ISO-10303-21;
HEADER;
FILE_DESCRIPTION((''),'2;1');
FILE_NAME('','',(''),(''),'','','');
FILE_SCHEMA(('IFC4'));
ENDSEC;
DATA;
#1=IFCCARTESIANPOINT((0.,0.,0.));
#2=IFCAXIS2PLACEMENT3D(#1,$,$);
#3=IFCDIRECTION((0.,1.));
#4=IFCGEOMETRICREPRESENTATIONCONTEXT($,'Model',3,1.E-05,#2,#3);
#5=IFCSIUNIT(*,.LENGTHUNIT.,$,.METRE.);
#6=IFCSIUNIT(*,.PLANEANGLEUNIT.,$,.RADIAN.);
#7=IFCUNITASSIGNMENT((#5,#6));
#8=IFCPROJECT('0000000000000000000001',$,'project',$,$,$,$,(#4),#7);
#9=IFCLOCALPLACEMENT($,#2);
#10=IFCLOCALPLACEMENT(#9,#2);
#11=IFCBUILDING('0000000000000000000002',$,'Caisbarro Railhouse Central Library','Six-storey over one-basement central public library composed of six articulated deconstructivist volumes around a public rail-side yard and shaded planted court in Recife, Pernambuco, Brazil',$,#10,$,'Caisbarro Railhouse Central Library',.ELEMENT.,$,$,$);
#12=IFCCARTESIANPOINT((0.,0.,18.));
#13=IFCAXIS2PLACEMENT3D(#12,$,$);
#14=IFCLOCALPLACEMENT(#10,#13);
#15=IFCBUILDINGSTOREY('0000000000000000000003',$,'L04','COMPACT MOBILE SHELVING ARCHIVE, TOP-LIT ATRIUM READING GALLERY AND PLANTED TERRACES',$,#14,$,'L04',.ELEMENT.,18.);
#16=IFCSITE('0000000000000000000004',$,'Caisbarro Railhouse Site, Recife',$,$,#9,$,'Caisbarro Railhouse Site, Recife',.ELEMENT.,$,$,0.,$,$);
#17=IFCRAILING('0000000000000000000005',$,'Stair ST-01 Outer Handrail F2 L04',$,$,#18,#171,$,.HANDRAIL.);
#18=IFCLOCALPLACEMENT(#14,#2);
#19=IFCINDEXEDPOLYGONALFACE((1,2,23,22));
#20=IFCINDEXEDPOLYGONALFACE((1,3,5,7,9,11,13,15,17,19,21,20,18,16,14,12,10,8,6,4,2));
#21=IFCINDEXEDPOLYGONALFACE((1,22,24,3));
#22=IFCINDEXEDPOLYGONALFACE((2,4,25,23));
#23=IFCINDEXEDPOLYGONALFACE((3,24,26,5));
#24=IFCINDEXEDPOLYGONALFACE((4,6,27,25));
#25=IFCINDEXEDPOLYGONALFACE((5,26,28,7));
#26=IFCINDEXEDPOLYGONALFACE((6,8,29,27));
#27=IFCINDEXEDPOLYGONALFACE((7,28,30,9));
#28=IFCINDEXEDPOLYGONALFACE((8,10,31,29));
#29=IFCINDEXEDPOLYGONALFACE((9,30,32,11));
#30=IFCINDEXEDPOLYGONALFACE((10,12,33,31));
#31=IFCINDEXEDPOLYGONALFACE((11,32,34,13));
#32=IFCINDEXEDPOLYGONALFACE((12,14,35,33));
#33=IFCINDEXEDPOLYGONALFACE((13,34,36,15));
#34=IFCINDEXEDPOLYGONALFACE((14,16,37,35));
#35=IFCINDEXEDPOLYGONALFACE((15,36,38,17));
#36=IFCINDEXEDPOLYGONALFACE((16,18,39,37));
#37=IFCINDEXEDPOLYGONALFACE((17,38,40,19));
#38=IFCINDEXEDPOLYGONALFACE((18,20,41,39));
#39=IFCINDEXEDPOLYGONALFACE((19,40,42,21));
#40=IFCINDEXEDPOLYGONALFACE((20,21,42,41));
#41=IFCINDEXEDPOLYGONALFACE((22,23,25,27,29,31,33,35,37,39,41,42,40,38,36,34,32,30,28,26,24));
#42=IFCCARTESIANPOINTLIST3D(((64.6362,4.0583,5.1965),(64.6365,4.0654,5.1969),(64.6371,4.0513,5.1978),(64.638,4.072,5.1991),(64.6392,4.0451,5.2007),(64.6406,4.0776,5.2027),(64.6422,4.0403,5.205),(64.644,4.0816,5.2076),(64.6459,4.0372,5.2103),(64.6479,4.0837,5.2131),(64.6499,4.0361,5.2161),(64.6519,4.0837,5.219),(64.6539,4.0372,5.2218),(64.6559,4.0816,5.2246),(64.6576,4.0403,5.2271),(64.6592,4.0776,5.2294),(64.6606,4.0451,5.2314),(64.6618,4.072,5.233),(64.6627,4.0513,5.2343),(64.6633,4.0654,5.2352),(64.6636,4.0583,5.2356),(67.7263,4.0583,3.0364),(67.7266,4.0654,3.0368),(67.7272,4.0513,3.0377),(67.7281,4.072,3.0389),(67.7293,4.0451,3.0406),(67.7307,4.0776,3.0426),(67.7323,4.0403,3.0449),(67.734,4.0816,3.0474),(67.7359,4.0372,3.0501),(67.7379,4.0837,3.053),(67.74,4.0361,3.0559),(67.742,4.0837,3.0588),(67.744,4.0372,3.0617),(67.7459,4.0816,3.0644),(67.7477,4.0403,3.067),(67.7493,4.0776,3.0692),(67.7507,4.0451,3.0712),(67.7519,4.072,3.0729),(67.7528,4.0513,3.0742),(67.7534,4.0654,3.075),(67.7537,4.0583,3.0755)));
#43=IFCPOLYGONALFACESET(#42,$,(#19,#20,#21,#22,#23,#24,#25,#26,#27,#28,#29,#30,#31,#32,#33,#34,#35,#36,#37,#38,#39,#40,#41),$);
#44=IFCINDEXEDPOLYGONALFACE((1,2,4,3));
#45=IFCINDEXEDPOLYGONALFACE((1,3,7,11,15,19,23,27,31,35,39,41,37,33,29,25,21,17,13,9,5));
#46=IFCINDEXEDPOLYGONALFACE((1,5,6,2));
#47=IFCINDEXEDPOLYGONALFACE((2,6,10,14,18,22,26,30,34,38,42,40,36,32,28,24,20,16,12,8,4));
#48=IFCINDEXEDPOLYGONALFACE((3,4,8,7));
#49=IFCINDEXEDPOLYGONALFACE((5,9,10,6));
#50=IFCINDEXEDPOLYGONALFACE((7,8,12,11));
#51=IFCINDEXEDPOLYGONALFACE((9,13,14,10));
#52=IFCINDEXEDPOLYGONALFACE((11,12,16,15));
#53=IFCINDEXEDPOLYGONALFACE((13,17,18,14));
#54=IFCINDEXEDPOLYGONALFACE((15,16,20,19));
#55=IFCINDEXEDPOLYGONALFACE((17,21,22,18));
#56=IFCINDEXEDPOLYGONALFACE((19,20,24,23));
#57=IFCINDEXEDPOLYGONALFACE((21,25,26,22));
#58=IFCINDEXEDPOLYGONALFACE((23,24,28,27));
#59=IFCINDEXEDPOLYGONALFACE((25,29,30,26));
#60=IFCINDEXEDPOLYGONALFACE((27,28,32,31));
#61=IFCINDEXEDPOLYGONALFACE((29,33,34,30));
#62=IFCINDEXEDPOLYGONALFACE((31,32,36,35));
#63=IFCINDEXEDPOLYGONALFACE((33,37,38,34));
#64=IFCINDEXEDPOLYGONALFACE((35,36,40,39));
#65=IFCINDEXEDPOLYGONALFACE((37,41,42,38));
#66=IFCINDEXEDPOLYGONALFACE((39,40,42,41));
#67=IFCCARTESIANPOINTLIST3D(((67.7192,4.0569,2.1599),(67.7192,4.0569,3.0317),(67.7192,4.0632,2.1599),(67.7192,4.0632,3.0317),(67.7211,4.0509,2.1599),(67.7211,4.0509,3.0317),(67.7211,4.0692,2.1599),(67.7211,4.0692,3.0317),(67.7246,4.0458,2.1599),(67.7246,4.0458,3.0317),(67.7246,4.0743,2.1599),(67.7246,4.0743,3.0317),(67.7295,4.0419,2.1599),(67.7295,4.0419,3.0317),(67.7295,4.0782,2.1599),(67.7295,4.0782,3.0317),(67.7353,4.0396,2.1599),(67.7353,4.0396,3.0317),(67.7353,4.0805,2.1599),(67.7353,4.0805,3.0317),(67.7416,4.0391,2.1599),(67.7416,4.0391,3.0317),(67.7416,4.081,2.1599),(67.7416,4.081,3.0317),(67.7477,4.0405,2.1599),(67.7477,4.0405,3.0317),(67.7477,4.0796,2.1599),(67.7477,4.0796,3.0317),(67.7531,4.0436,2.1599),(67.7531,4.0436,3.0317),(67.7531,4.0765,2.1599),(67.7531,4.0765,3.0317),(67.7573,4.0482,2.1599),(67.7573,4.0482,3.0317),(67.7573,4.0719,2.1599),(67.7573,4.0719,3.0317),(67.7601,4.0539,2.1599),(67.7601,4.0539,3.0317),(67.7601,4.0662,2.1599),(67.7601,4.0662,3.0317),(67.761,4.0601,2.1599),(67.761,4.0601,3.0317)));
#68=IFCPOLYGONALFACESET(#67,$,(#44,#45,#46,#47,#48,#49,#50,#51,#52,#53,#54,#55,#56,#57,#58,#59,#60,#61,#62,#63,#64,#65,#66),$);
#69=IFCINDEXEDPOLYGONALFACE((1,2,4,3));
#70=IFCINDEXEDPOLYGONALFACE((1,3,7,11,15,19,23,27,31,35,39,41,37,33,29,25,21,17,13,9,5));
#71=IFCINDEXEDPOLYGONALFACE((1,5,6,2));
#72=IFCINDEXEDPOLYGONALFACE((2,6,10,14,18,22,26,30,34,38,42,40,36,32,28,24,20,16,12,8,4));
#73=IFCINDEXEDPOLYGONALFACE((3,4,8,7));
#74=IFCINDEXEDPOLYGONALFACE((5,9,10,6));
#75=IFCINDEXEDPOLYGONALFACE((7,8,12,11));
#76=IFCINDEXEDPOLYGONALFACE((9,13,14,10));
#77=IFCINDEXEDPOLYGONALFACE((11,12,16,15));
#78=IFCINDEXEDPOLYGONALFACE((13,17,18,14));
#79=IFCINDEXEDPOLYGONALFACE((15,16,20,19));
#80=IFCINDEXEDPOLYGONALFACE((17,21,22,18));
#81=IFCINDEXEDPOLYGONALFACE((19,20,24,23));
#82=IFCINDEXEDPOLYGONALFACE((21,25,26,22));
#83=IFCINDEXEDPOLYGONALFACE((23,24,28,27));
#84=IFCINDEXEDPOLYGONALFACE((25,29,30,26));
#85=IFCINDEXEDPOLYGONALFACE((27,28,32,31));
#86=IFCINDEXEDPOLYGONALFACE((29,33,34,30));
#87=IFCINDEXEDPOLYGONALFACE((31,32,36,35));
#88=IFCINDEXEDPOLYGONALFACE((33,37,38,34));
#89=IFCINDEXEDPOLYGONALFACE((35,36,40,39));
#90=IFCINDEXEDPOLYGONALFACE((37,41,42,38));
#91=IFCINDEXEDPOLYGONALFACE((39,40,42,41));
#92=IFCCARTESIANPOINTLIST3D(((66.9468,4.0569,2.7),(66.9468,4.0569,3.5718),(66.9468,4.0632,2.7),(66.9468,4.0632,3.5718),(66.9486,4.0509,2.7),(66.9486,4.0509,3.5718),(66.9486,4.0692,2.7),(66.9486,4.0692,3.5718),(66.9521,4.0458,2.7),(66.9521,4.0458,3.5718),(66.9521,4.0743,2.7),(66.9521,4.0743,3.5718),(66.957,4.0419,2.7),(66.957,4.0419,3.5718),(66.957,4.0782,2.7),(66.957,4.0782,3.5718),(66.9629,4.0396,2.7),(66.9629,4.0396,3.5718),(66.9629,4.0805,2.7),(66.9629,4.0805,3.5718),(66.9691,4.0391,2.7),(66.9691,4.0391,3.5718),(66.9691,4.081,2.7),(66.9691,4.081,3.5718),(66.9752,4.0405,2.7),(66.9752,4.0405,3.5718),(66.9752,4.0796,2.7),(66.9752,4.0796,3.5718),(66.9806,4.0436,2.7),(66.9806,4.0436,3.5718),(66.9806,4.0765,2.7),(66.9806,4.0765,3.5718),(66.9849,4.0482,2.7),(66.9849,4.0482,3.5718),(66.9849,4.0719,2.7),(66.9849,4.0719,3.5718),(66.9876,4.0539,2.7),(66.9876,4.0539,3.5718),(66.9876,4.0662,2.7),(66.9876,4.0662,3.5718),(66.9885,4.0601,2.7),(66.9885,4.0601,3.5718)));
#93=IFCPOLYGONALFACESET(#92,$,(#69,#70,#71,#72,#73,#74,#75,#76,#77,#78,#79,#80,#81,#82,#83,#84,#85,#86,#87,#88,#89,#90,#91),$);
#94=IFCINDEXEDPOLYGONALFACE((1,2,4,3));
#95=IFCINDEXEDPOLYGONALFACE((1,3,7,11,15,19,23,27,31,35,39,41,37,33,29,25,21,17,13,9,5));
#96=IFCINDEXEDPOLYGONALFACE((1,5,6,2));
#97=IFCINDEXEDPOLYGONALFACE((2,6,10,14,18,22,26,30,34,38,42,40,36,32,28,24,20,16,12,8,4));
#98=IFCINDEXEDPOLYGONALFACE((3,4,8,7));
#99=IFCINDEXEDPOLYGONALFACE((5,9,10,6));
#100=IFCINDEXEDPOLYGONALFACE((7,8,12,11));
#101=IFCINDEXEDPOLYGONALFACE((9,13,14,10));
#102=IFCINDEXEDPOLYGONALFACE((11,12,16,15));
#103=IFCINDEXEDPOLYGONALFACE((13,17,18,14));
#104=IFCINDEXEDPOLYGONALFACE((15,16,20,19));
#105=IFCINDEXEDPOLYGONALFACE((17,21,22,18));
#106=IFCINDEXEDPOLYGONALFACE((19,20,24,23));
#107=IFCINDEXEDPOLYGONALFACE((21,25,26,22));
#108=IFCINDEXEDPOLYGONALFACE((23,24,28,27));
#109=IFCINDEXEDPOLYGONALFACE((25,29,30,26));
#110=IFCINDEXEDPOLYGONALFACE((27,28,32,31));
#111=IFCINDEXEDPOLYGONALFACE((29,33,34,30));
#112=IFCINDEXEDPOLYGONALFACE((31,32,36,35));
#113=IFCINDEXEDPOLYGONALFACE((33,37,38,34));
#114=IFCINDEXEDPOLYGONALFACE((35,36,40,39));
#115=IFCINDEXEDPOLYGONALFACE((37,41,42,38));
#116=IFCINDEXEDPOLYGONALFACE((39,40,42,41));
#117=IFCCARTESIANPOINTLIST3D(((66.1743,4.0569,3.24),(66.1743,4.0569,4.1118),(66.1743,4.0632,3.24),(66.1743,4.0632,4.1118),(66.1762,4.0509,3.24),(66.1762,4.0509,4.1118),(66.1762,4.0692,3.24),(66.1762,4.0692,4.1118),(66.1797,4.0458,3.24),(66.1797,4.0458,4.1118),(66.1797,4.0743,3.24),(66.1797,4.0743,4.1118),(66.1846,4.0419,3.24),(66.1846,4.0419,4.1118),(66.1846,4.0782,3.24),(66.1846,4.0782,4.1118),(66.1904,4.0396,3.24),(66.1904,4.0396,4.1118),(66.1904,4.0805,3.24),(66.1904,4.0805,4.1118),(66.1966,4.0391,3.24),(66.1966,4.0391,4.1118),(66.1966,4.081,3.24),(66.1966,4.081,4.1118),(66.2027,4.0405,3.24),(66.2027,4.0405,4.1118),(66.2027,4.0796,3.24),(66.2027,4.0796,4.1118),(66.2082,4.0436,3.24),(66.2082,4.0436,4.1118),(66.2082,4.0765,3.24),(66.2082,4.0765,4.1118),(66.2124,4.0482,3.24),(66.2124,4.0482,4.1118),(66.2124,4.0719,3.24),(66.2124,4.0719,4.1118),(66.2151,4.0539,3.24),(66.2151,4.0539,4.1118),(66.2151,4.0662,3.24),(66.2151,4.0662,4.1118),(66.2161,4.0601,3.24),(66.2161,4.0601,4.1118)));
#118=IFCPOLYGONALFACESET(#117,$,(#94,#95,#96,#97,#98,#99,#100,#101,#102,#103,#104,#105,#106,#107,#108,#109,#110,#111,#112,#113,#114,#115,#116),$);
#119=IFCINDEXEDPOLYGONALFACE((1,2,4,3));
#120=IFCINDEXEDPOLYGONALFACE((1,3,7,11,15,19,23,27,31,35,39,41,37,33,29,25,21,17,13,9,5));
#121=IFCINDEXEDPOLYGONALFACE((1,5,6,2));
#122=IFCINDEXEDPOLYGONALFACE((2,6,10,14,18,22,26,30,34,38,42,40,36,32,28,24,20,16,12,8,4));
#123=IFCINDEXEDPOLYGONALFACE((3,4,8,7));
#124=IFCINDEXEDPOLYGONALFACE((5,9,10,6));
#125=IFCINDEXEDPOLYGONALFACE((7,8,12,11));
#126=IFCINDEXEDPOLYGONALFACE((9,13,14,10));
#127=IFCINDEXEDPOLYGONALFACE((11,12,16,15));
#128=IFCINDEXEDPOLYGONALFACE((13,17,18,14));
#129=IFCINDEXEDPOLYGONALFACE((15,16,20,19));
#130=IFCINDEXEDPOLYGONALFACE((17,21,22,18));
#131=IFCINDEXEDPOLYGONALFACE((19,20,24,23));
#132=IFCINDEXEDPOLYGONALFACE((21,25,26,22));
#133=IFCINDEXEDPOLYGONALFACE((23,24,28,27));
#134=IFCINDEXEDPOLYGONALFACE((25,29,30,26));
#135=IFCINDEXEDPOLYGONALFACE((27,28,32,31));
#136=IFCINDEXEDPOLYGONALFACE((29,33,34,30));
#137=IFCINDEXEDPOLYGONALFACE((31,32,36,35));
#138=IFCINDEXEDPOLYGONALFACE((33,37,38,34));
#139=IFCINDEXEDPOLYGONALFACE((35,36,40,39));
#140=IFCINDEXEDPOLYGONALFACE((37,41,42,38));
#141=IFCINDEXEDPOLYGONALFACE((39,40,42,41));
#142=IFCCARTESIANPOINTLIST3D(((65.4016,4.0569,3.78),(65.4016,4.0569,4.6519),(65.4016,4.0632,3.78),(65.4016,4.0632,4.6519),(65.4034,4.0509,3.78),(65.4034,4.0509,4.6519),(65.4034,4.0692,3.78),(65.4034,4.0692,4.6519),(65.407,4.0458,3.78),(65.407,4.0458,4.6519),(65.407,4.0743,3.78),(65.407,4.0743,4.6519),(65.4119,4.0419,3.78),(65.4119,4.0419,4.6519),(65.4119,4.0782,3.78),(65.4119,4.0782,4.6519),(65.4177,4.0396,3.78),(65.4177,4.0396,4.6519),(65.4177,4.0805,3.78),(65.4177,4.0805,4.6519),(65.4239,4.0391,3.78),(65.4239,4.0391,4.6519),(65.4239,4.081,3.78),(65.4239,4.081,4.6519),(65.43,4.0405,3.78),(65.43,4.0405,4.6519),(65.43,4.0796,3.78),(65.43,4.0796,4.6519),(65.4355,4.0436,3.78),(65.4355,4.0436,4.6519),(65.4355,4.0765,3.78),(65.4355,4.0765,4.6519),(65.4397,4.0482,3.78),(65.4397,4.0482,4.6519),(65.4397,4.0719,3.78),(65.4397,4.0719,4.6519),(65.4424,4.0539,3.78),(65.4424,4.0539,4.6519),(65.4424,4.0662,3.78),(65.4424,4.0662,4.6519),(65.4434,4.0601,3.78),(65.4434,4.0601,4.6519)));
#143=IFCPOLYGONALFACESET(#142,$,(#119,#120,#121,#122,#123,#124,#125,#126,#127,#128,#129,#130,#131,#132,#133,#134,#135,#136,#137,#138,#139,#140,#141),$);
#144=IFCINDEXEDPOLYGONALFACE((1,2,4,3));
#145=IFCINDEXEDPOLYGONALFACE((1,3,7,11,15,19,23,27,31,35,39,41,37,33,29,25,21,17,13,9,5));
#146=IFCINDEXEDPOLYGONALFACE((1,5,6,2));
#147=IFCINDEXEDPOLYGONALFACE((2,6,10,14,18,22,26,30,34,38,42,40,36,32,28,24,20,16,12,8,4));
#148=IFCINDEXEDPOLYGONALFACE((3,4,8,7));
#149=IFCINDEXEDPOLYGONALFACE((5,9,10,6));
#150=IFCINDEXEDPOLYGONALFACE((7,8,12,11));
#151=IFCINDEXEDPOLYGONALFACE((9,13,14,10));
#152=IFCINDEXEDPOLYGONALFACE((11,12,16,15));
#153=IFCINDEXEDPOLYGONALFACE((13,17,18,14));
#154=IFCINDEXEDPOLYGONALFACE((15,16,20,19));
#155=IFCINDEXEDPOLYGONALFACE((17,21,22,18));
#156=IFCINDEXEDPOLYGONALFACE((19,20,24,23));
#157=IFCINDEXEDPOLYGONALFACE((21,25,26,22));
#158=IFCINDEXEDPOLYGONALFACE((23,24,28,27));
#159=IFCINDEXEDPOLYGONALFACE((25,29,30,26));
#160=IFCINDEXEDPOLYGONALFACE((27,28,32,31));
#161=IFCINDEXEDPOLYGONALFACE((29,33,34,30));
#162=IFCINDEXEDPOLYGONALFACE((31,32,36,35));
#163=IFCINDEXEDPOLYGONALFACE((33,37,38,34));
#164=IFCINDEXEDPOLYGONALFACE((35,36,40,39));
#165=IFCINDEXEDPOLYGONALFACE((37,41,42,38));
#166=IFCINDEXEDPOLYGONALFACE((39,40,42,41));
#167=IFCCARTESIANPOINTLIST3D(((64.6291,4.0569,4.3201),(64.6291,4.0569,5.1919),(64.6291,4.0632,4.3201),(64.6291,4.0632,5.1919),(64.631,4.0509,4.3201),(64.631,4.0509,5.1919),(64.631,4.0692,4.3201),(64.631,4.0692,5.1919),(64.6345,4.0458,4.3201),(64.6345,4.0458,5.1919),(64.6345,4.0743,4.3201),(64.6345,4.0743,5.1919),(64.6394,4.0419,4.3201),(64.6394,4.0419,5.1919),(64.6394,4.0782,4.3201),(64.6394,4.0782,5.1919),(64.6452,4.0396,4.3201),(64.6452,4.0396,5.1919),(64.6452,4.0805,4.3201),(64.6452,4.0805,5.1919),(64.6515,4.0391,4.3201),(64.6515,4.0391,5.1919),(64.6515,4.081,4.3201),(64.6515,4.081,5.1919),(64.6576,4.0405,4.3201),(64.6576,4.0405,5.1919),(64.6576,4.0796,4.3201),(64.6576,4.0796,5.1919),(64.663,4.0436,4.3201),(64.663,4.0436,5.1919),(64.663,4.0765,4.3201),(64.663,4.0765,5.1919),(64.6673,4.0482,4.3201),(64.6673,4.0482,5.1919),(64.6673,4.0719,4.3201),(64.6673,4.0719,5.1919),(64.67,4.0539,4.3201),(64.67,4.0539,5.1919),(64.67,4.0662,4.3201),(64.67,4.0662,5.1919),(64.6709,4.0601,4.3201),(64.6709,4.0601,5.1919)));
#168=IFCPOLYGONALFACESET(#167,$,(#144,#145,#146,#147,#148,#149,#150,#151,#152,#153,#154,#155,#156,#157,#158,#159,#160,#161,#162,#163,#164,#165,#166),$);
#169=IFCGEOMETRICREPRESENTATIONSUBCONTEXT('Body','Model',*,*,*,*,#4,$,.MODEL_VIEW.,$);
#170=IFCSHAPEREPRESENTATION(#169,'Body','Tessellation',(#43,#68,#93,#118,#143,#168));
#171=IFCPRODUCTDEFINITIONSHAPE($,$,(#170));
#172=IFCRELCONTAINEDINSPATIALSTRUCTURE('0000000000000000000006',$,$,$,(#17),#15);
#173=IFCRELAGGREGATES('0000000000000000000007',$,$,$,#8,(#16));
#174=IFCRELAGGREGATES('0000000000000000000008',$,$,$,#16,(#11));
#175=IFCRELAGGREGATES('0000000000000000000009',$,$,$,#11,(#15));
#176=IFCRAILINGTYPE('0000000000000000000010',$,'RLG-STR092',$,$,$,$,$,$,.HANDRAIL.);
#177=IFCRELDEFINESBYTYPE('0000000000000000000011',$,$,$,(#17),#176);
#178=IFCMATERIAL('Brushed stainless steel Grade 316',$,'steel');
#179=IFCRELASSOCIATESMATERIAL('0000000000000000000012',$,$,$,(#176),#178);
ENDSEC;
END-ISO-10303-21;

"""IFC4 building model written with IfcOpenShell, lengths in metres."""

from ifc_helpers import new_model, si_unit, direction, frame, origin, origin_2d, place, context, subcontext, project, spatial, circle, extrude, material, type_object, element, save


model = new_model("IFC4")

# Units and contexts
model_context = context("Model", 3, precision=1e-05, world=origin(), true_north=direction((0.0, 1.0)))
body_context = subcontext(model_context, "Body", "Model", "MODEL_VIEW")
ifc_project = project(units=[si_unit("LENGTHUNIT", "METRE"), si_unit("PLANEANGLEUNIT", "RADIAN")], contexts=[model_context])

# Site, building, storey
site_placement = place(None, origin())
site = spatial("IfcSite", under=ifc_project, at=site_placement, Name="Caisbarro Railhouse Site, Recife", LongName="Caisbarro Railhouse Site, Recife", CompositionType="ELEMENT", RefElevation=0.0)
building_placement = place(site_placement, origin())
building = spatial("IfcBuilding", under=site, at=building_placement, Name="Caisbarro Railhouse Central Library", Description="Six-storey over one-basement central public library composed of six articulated deconstructivist volumes around a public rail-side yard and shaded planted court in Recife, Pernambuco, Brazil", LongName="Caisbarro Railhouse Central Library", CompositionType="ELEMENT")
storey_placement = place(building_placement, frame((0.0, 0.0, 18.0)))
storey = spatial("IfcBuildingStorey", under=building, at=storey_placement, Name="L04", Description="COMPACT MOBILE SHELVING ARCHIVE, TOP-LIT ATRIUM READING GALLERY AND PLANTED TERRACES", LongName="L04", CompositionType="ELEMENT", Elevation=18.0)

# Railing
ifc_material_1 = material(Name="Brushed stainless steel Grade 316", Category="steel")
railing_type_1 = type_object("IfcRailingType", Name="RLG-STR092", PredefinedType="HANDRAIL", material=ifc_material_1)
railing_1_placement = place(storey_placement, frame((67.74, 4.0601, 2.1599)))
element("IfcRailing", 1, at=railing_1_placement, inside=storey, type_object=railing_type_1, Name="Stair ST-01 Outer Handrail F2 L04", PredefinedType="HANDRAIL", context=body_context, shape_type="SweptSolid", body=[
    extrude(circle(Radius=0.0239, at=origin_2d()), frame((0.0, 0.0, 0.896), z_axis=(-0.819594, 0.0, 0.572945), x_axis=(0.0, -1.0, 0.0)), (0.0, 0.0, 1.0), 3.7703),
    extrude(circle(Radius=0.021, at=origin_2d()), origin(), (0.0, 0.0, 1.0), 0.8718),
    extrude(circle(Radius=0.021, at=origin_2d()), frame((-0.7725, 0.0, 0.54)), (0.0, 0.0, 1.0), 0.8718),
    extrude(circle(Radius=0.021, at=origin_2d()), frame((-1.5449, 0.0, 1.0801)), (0.0, 0.0, 1.0), 0.8718),
    extrude(circle(Radius=0.021, at=origin_2d()), frame((-2.3176, 0.0, 1.6201)), (0.0, 0.0, 1.0), 0.8718),
    extrude(circle(Radius=0.021, at=origin_2d()), frame((-3.0901, 0.0, 2.1602)), (0.0, 0.0, 1.0), 0.8718),
])

save(model, "model.ifc")
